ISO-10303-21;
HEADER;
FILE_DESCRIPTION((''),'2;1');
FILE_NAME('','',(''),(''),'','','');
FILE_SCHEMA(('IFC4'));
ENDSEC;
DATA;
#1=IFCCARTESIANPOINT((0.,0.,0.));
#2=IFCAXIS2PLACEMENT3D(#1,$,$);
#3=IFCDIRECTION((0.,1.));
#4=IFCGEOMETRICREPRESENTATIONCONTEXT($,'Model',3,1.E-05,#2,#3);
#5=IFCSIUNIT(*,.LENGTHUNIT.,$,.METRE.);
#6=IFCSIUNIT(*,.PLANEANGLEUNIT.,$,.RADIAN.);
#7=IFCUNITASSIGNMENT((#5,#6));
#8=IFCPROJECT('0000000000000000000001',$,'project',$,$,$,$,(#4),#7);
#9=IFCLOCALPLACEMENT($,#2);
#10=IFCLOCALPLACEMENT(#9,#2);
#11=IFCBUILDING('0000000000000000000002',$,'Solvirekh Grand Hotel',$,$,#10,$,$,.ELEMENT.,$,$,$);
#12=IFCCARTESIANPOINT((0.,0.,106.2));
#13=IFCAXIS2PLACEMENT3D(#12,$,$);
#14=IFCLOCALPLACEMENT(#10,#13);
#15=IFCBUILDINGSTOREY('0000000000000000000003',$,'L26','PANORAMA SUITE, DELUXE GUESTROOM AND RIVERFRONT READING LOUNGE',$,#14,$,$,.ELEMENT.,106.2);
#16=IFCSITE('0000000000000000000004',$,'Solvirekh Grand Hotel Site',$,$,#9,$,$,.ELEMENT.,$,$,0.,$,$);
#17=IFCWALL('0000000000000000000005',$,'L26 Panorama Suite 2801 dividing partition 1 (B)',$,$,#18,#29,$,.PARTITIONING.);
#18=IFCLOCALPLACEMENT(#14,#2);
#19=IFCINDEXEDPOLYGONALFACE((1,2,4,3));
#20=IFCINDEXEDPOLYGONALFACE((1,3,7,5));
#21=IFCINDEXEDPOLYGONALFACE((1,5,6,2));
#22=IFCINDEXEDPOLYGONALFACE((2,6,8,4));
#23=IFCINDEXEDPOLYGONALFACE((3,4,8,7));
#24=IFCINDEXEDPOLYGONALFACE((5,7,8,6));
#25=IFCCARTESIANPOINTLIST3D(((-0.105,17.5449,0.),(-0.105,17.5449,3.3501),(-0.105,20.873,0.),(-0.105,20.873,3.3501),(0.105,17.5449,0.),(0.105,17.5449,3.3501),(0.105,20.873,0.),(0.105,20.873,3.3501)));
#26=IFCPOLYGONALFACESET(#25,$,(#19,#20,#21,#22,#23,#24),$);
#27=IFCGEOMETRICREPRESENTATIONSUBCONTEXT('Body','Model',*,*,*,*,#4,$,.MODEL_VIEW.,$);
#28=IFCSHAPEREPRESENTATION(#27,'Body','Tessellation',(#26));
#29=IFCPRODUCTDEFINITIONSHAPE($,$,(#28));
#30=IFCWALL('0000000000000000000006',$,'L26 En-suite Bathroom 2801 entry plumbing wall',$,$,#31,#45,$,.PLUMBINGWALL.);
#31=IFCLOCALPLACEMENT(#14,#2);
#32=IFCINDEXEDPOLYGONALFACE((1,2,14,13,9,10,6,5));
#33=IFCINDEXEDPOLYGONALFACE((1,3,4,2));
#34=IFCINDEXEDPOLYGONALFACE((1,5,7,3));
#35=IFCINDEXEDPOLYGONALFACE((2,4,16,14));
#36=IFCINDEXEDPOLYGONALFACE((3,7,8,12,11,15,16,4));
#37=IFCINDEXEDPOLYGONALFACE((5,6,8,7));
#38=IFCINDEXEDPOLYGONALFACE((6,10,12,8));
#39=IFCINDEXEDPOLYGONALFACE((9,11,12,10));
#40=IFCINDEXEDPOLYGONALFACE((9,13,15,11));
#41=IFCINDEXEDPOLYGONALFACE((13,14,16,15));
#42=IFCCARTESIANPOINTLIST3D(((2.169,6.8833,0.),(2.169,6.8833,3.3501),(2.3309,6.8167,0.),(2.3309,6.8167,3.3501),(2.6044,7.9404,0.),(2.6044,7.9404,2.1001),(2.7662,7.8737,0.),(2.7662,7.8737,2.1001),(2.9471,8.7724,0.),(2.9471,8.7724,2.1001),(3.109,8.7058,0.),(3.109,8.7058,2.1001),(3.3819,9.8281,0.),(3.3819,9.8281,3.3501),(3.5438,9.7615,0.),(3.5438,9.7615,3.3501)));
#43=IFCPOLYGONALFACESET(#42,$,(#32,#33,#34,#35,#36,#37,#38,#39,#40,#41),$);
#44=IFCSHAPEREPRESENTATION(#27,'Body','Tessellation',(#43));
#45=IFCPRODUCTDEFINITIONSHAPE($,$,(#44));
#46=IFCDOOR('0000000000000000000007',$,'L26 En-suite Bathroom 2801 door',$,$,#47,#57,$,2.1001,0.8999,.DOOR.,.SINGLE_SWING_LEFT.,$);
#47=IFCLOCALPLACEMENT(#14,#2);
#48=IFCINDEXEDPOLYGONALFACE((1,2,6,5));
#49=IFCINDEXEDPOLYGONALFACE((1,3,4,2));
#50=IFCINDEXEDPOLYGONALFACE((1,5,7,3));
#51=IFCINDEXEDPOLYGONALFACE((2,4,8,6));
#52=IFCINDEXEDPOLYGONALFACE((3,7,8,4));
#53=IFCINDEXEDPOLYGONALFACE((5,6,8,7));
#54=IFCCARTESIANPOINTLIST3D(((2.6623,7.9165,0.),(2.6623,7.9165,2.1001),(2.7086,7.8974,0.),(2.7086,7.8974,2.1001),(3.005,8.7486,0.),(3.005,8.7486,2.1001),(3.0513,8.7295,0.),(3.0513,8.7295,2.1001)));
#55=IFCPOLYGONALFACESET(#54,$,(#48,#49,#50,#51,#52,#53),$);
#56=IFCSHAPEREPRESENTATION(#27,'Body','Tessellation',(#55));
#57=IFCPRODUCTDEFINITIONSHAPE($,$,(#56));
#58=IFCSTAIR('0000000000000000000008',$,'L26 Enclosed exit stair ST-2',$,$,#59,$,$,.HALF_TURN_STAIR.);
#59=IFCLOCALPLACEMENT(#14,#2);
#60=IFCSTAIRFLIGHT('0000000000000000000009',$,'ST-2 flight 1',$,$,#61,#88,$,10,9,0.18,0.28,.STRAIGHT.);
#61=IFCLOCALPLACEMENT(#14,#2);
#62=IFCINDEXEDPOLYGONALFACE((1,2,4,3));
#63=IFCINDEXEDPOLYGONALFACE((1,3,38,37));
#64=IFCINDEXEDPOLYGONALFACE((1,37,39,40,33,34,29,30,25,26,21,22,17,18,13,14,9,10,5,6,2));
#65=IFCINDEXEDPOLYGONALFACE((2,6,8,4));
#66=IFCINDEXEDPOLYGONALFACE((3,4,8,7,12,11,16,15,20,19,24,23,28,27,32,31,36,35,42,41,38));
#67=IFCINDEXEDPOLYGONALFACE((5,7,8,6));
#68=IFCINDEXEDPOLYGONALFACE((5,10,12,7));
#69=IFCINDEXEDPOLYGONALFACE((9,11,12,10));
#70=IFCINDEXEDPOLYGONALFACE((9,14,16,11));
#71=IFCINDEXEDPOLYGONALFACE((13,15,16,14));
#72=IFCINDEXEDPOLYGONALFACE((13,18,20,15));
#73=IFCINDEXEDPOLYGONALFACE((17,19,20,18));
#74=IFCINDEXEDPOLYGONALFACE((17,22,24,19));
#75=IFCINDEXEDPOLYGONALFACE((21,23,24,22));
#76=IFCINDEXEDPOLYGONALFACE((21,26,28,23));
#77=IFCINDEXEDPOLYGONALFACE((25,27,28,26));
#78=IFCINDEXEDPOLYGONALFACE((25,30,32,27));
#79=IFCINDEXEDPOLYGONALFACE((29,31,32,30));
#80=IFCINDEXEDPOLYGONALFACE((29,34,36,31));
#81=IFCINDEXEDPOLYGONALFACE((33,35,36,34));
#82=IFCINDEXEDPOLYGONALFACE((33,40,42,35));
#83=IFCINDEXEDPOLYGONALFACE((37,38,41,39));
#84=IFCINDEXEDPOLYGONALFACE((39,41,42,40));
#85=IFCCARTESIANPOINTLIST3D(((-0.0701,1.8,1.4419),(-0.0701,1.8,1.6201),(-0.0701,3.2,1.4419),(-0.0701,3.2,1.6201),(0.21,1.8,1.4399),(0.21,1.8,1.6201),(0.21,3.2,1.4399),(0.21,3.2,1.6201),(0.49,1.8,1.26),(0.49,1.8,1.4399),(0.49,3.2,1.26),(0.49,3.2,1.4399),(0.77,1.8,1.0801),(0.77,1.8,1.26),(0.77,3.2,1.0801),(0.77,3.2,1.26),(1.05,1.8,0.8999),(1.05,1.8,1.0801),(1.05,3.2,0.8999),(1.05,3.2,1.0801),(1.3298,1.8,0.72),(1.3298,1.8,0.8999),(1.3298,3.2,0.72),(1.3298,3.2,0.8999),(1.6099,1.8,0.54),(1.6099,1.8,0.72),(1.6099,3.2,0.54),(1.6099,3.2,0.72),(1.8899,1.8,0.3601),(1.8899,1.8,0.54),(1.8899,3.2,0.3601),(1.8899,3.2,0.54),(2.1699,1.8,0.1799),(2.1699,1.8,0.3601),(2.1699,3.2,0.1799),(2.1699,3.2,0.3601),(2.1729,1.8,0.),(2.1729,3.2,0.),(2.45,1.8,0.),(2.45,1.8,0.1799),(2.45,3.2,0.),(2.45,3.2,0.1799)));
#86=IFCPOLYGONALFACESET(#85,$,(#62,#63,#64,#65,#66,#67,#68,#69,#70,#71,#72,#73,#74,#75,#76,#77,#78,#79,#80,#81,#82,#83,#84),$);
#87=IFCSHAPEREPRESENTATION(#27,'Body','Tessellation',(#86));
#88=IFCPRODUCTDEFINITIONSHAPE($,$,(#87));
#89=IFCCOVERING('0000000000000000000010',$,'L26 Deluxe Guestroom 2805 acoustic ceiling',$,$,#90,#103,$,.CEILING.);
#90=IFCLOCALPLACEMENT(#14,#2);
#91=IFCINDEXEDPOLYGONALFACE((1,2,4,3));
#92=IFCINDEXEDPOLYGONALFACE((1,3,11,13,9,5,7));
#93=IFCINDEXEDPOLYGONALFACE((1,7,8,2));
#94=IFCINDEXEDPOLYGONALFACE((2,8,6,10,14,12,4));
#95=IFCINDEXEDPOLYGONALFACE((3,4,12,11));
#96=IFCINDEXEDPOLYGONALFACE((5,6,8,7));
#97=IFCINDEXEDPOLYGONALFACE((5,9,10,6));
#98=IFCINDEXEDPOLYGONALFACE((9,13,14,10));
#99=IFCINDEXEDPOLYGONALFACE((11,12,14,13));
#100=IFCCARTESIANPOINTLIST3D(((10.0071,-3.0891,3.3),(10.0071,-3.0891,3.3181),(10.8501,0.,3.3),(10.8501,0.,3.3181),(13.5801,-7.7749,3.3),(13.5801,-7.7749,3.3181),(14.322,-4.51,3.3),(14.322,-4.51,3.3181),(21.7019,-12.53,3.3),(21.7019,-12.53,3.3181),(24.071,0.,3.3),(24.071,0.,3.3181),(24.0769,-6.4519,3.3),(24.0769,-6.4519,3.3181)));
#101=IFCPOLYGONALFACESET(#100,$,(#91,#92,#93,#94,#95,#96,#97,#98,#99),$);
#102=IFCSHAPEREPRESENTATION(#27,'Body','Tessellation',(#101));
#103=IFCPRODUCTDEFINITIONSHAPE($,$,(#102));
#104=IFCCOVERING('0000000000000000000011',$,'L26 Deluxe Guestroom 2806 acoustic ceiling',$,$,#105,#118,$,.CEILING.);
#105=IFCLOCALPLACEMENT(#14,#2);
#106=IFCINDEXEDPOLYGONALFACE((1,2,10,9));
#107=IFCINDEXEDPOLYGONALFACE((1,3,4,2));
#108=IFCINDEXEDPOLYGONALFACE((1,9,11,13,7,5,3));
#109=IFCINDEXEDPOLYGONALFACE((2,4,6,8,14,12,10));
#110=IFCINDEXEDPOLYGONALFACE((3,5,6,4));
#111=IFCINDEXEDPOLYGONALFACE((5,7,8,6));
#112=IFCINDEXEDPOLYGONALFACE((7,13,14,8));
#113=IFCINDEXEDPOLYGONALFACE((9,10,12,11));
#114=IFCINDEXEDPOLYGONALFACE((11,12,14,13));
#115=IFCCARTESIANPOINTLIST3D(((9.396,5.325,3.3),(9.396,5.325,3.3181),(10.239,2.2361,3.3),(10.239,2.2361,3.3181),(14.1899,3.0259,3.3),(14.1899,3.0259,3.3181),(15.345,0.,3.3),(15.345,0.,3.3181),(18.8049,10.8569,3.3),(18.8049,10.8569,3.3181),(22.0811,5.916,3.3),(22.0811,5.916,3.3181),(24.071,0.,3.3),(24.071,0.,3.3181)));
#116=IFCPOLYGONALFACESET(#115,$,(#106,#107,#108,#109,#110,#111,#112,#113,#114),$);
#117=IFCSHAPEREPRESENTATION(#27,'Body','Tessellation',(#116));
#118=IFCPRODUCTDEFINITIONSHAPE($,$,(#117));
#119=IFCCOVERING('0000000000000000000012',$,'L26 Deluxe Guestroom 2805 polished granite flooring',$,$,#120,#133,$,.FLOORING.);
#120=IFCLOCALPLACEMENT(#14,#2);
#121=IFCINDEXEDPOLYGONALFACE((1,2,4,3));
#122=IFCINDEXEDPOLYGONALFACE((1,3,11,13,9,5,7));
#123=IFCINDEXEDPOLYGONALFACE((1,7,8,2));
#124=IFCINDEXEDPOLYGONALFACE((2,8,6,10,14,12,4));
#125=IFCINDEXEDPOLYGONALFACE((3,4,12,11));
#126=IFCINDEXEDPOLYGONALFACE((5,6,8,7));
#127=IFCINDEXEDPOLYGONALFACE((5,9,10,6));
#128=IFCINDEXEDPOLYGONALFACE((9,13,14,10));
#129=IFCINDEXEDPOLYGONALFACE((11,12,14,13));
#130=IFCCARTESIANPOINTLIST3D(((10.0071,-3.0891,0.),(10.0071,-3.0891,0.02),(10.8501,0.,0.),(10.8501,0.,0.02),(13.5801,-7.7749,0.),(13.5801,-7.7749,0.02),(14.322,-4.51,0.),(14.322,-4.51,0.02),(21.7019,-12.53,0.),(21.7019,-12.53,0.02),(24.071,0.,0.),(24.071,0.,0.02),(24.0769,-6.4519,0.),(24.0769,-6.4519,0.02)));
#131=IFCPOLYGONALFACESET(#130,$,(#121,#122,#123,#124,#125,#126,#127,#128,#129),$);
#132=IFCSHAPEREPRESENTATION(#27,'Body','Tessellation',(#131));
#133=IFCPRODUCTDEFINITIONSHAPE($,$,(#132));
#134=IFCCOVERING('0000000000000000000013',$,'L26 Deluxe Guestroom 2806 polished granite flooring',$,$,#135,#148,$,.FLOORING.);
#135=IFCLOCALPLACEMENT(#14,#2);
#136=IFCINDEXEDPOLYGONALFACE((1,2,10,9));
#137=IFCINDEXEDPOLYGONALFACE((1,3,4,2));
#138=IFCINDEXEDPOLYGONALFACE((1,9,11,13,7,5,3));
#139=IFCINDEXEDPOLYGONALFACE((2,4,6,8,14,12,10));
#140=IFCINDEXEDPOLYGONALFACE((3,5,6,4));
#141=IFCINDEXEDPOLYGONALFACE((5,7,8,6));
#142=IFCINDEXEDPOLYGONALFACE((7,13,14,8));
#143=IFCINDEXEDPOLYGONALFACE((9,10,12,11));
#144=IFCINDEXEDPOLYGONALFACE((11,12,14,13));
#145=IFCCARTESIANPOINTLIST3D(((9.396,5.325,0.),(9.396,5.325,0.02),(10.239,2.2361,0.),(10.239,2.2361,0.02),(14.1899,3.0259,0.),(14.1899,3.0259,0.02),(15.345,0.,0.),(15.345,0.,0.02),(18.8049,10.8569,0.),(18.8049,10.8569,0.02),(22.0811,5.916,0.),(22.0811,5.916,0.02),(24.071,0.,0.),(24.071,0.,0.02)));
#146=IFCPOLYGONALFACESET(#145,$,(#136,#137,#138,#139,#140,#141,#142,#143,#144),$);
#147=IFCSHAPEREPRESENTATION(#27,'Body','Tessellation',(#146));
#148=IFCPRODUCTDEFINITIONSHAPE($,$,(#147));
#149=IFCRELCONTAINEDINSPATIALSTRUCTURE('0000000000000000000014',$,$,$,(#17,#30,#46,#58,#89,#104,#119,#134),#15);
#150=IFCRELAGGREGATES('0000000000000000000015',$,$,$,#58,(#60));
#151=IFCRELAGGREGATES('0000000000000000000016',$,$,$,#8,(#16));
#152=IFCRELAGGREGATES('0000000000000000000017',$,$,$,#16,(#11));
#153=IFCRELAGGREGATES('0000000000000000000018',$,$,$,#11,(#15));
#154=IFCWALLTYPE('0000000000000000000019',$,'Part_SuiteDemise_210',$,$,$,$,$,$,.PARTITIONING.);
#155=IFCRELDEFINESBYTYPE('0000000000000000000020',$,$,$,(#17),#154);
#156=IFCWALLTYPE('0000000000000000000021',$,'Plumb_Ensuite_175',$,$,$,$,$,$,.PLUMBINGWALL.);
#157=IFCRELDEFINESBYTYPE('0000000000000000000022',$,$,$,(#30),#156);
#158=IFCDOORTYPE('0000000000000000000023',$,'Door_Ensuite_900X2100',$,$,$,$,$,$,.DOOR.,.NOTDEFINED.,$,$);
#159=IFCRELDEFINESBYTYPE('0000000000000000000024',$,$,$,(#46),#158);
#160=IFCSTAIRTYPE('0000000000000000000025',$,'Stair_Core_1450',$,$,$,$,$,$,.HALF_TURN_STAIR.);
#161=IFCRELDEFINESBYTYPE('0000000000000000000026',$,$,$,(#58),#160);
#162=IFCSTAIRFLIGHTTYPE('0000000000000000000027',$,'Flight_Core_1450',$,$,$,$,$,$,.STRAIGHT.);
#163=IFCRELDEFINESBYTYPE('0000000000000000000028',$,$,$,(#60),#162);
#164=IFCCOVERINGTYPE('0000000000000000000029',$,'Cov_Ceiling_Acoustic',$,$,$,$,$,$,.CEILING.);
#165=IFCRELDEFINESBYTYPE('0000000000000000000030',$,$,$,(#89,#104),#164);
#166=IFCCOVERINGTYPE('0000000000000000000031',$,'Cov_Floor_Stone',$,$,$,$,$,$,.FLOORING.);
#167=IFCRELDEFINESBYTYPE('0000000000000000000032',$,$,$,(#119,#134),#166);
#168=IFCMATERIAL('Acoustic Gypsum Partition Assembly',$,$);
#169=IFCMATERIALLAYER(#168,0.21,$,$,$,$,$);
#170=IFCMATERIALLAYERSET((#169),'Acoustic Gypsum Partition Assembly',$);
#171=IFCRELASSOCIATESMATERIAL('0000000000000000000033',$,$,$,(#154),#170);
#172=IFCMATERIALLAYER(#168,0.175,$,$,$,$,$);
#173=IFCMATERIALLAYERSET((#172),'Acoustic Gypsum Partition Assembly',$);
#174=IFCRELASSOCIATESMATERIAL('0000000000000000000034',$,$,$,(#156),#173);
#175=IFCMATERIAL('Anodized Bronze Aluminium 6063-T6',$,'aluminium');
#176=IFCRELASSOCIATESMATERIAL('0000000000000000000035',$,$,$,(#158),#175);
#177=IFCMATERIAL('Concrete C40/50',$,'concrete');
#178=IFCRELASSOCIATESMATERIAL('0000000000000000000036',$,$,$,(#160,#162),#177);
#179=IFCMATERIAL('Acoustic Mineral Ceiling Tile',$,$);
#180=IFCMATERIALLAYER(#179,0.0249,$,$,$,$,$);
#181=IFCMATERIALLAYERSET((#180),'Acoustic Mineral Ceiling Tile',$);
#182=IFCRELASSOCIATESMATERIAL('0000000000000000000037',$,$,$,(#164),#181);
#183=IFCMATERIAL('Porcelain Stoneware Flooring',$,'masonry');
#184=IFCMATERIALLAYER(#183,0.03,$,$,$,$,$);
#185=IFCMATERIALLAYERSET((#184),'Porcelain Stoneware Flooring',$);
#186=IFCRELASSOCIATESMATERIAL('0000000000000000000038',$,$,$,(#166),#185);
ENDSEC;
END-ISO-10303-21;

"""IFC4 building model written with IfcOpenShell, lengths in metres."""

from ifc_helpers import new_model, si_unit, direction, frame, frame_2d, origin, place, context, subcontext, project, spatial, polyline, rectangle, outline, extrude, material, layer, layer_set, type_object, element, fill, aggregate, save


model = new_model("IFC4")

# Units and contexts
model_context = context("Model", 3, precision=1e-05, world=origin(), true_north=direction((0.0, 1.0)))
body_context = subcontext(model_context, "Body", "Model", "MODEL_VIEW")
ifc_project = project(units=[si_unit("LENGTHUNIT", "METRE"), si_unit("PLANEANGLEUNIT", "RADIAN")], contexts=[model_context])

# Site, building, storey
site_placement = place(None, origin())
site = spatial("IfcSite", under=ifc_project, at=site_placement, Name="Solvirekh Grand Hotel Site", CompositionType="ELEMENT", RefElevation=0.0)
building_placement = place(site_placement, origin())
building = spatial("IfcBuilding", under=site, at=building_placement, Name="Solvirekh Grand Hotel", CompositionType="ELEMENT")
storey_placement = place(building_placement, frame((0.0, 0.0, 106.2)))
storey = spatial("IfcBuildingStorey", under=building, at=storey_placement, Name="L26", Description="PANORAMA SUITE, DELUXE GUESTROOM AND RIVERFRONT READING LOUNGE", CompositionType="ELEMENT", Elevation=106.2)

# Shared definitions
ifc_material_1 = material(Name="Concrete C40/50", Category="concrete")

# Shared definitions
ifc_material_2 = material(Name="Acoustic Gypsum Partition Assembly")

# Wall
ifc_layer_1 = layer(ifc_material_2, 0.21)
ifc_layer_set_1 = layer_set([ifc_layer_1], Name="Acoustic Gypsum Partition Assembly")
wall_type_1 = type_object("IfcWallType", Name="Part_SuiteDemise_210", PredefinedType="PARTITIONING", material=ifc_layer_set_1)
wall_1_placement = place(storey_placement, frame((0.0, 17.5449, 0.0), z_axis=(0.0, 0.0, 1.0), x_axis=(0.0, 1.0, 0.0)))
element("IfcWall", 1, at=wall_1_placement, inside=storey, type_object=wall_type_1, Name="L26 Panorama Suite 2801 dividing partition 1 (B)", PredefinedType="PARTITIONING", context=body_context, shape_type="SweptSolid", body=[
    extrude(rectangle(XDim=3.3281, YDim=0.21, at=frame_2d((1.6641, 0.0))), origin(), (0.0, 0.0, 1.0), 3.3501),
])

# Wall, opening, door
ifc_layer_2 = layer(ifc_material_2, 0.175)
ifc_layer_set_2 = layer_set([ifc_layer_2], Name="Acoustic Gypsum Partition Assembly")
wall_type_2 = type_object("IfcWallType", Name="Plumb_Ensuite_175", PredefinedType="PLUMBINGWALL", material=ifc_layer_set_2)
wall_2_placement = place(storey_placement, frame((2.25, 6.8501, 0.0), z_axis=(0.0, 0.0, 1.0), x_axis=(0.380835, 0.924643, 0.0)))
wall_2 = element("IfcWall", 2, at=wall_2_placement, inside=storey, type_object=wall_type_2, Name="L26 En-suite Bathroom 2801 entry plumbing wall", PredefinedType="PLUMBINGWALL", context=body_context, shape_type="SweptSolid", body=[
    extrude(rectangle(XDim=3.1848, YDim=0.175, at=frame_2d((1.5923, 0.0))), origin(), (0.0, 0.0, 1.0), 3.3501),
])
opening_1_placement = place(wall_2_placement, frame((1.1431, 0.0, 0.0)))
opening_1 = element("IfcOpeningElement", 3, at=opening_1_placement, cuts=wall_2, PredefinedType="OPENING", context=body_context, shape_type="SweptSolid", body=[
    extrude(rectangle(XDim=0.8999, YDim=2.1001, at=frame_2d((0.45, 1.05))), frame((0.0, 0.0977, 0.0), z_axis=(0.0, -1.0, 0.0), x_axis=(1.0, 0.0, 0.0)), (0.0, 0.0, 1.0), 0.1951),
])
ifc_material_3 = material(Name="Anodized Bronze Aluminium 6063-T6", Category="aluminium")
door_type_1 = type_object("IfcDoorType", Name="Door_Ensuite_900X2100", OperationType="NOTDEFINED", PredefinedType="DOOR", material=ifc_material_3)
door_1_placement = place(opening_1_placement, origin())
door_1 = element("IfcDoor", 4, at=door_1_placement, inside=storey, type_object=door_type_1, Name="L26 En-suite Bathroom 2801 door", OperationType="SINGLE_SWING_LEFT", OverallHeight=2.1001, OverallWidth=0.8999, PredefinedType="DOOR", context=body_context, shape_type="SweptSolid", body=[
    extrude(rectangle(XDim=0.8999, YDim=2.1001, at=frame_2d((0.45, 1.05))), frame((0.0, 0.0249, 0.0), z_axis=(0.0, -1.0, 0.0), x_axis=(1.0, 0.0, 0.0)), (0.0, 0.0, 1.0), 0.05),
])
fill(opening_1, door_1)

# Stair, stair flight
stair_type = type_object("IfcStairType", Name="Stair_Core_1450", PredefinedType="HALF_TURN_STAIR", material=ifc_material_1)
stair_placement = place(storey_placement, origin())
stair = element("IfcStair", 5, at=stair_placement, inside=storey, type_object=stair_type, Name="L26 Enclosed exit stair ST-2", PredefinedType="HALF_TURN_STAIR")
stair_flight_type = type_object("IfcStairFlightType", Name="Flight_Core_1450", PredefinedType="STRAIGHT", material=ifc_material_1)
stair_flight_placement = place(storey_placement, frame((2.45, 2.5, 0.0), z_axis=(0.0, 0.0, 1.0), x_axis=(-1.0, 0.0, 0.0)))
stair_flight = element("IfcStairFlight", 6, at=stair_flight_placement, type_object=stair_flight_type, Name="ST-2 flight 1", NumberOfRisers=10, NumberOfTreads=9, PredefinedType="STRAIGHT", RiserHeight=0.18, TreadLength=0.28, context=body_context, shape_type="SweptSolid", body=[
    extrude(outline(polyline([(0.0, 0.0), (0.0, 0.1799), (0.28, 0.1799), (0.28, 0.3601), (0.5601, 0.3601), (0.5601, 0.54), (0.8401, 0.54), (0.8401, 0.72), (1.1201, 0.72), (1.1201, 0.8999), (1.3999, 0.8999), (1.3999, 1.0801), (1.6799, 1.0801), (1.6799, 1.26), (1.96, 1.26), (1.96, 1.4399), (2.24, 1.4399), (2.24, 1.6201), (2.52, 1.6201), (2.52, 1.8), (2.52, 1.4419), (0.2771, 0.0), (0.0, 0.0)])), frame((0.0, 0.7, 0.0), z_axis=(0.0, -1.0, 0.0), x_axis=(1.0, 0.0, 0.0)), (0.0, 0.0, 1.0), 1.3999),
])
aggregate(stair, [stair_flight])

# Coverings
ifc_material_4 = material(Name="Acoustic Mineral Ceiling Tile")
ifc_layer_3 = layer(ifc_material_4, 0.0249)
ifc_layer_set_3 = layer_set([ifc_layer_3], Name="Acoustic Mineral Ceiling Tile")
covering_type_1 = type_object("IfcCoveringType", Name="Cov_Ceiling_Acoustic", PredefinedType="CEILING", material=ifc_layer_set_3)
covering_1_placement = place(storey_placement, frame((0.0, 0.0, 3.3)))
element("IfcCovering", 7, at=covering_1_placement, inside=storey, type_object=covering_type_1, Name="L26 Deluxe Guestroom 2805 acoustic ceiling", PredefinedType="CEILING", context=body_context, shape_type="SweptSolid", body=[
    extrude(outline(polyline([(14.322, -4.51), (13.5801, -7.7749), (21.7019, -12.53), (24.0769, -6.4519), (24.071, 0.0), (10.8501, 0.0), (10.0071, -3.0891), (14.322, -4.51)])), origin(), (0.0, 0.0, 1.0), 0.0181),
])
covering_2_placement = place(storey_placement, frame((0.0, 0.0, 3.3)))
element("IfcCovering", 8, at=covering_2_placement, inside=storey, type_object=covering_type_1, Name="L26 Deluxe Guestroom 2806 acoustic ceiling", PredefinedType="CEILING", context=body_context, shape_type="SweptSolid", body=[
    extrude(outline(polyline([(14.1899, 3.0259), (15.345, 0.0), (24.071, 0.0), (22.0811, 5.916), (18.8049, 10.8569), (9.396, 5.325), (10.239, 2.2361), (14.1899, 3.0259)])), origin(), (0.0, 0.0, 1.0), 0.0181),
])
ifc_material_5 = material(Name="Porcelain Stoneware Flooring", Category="masonry")
ifc_layer_4 = layer(ifc_material_5, 0.03)
ifc_layer_set_4 = layer_set([ifc_layer_4], Name="Porcelain Stoneware Flooring")
covering_type_2 = type_object("IfcCoveringType", Name="Cov_Floor_Stone", PredefinedType="FLOORING", material=ifc_layer_set_4)
covering_3_placement = place(storey_placement, origin())
element("IfcCovering", 9, at=covering_3_placement, inside=storey, type_object=covering_type_2, Name="L26 Deluxe Guestroom 2805 polished granite flooring", PredefinedType="FLOORING", context=body_context, shape_type="SweptSolid", body=[
    extrude(outline(polyline([(14.322, -4.51), (13.5801, -7.7749), (21.7019, -12.53), (24.0769, -6.4519), (24.071, 0.0), (10.8501, 0.0), (10.0071, -3.0891), (14.322, -4.51)])), origin(), (0.0, 0.0, 1.0), 0.02),
])
covering_4_placement = place(storey_placement, origin())
element("IfcCovering", 10, at=covering_4_placement, inside=storey, type_object=covering_type_2, Name="L26 Deluxe Guestroom 2806 polished granite flooring", PredefinedType="FLOORING", context=body_context, shape_type="SweptSolid", body=[
    extrude(outline(polyline([(14.1899, 3.0259), (15.345, 0.0), (24.071, 0.0), (22.0811, 5.916), (18.8049, 10.8569), (9.396, 5.325), (10.239, 2.2361), (14.1899, 3.0259)])), origin(), (0.0, 0.0, 1.0), 0.02),
])

save(model, "model.ifc")
